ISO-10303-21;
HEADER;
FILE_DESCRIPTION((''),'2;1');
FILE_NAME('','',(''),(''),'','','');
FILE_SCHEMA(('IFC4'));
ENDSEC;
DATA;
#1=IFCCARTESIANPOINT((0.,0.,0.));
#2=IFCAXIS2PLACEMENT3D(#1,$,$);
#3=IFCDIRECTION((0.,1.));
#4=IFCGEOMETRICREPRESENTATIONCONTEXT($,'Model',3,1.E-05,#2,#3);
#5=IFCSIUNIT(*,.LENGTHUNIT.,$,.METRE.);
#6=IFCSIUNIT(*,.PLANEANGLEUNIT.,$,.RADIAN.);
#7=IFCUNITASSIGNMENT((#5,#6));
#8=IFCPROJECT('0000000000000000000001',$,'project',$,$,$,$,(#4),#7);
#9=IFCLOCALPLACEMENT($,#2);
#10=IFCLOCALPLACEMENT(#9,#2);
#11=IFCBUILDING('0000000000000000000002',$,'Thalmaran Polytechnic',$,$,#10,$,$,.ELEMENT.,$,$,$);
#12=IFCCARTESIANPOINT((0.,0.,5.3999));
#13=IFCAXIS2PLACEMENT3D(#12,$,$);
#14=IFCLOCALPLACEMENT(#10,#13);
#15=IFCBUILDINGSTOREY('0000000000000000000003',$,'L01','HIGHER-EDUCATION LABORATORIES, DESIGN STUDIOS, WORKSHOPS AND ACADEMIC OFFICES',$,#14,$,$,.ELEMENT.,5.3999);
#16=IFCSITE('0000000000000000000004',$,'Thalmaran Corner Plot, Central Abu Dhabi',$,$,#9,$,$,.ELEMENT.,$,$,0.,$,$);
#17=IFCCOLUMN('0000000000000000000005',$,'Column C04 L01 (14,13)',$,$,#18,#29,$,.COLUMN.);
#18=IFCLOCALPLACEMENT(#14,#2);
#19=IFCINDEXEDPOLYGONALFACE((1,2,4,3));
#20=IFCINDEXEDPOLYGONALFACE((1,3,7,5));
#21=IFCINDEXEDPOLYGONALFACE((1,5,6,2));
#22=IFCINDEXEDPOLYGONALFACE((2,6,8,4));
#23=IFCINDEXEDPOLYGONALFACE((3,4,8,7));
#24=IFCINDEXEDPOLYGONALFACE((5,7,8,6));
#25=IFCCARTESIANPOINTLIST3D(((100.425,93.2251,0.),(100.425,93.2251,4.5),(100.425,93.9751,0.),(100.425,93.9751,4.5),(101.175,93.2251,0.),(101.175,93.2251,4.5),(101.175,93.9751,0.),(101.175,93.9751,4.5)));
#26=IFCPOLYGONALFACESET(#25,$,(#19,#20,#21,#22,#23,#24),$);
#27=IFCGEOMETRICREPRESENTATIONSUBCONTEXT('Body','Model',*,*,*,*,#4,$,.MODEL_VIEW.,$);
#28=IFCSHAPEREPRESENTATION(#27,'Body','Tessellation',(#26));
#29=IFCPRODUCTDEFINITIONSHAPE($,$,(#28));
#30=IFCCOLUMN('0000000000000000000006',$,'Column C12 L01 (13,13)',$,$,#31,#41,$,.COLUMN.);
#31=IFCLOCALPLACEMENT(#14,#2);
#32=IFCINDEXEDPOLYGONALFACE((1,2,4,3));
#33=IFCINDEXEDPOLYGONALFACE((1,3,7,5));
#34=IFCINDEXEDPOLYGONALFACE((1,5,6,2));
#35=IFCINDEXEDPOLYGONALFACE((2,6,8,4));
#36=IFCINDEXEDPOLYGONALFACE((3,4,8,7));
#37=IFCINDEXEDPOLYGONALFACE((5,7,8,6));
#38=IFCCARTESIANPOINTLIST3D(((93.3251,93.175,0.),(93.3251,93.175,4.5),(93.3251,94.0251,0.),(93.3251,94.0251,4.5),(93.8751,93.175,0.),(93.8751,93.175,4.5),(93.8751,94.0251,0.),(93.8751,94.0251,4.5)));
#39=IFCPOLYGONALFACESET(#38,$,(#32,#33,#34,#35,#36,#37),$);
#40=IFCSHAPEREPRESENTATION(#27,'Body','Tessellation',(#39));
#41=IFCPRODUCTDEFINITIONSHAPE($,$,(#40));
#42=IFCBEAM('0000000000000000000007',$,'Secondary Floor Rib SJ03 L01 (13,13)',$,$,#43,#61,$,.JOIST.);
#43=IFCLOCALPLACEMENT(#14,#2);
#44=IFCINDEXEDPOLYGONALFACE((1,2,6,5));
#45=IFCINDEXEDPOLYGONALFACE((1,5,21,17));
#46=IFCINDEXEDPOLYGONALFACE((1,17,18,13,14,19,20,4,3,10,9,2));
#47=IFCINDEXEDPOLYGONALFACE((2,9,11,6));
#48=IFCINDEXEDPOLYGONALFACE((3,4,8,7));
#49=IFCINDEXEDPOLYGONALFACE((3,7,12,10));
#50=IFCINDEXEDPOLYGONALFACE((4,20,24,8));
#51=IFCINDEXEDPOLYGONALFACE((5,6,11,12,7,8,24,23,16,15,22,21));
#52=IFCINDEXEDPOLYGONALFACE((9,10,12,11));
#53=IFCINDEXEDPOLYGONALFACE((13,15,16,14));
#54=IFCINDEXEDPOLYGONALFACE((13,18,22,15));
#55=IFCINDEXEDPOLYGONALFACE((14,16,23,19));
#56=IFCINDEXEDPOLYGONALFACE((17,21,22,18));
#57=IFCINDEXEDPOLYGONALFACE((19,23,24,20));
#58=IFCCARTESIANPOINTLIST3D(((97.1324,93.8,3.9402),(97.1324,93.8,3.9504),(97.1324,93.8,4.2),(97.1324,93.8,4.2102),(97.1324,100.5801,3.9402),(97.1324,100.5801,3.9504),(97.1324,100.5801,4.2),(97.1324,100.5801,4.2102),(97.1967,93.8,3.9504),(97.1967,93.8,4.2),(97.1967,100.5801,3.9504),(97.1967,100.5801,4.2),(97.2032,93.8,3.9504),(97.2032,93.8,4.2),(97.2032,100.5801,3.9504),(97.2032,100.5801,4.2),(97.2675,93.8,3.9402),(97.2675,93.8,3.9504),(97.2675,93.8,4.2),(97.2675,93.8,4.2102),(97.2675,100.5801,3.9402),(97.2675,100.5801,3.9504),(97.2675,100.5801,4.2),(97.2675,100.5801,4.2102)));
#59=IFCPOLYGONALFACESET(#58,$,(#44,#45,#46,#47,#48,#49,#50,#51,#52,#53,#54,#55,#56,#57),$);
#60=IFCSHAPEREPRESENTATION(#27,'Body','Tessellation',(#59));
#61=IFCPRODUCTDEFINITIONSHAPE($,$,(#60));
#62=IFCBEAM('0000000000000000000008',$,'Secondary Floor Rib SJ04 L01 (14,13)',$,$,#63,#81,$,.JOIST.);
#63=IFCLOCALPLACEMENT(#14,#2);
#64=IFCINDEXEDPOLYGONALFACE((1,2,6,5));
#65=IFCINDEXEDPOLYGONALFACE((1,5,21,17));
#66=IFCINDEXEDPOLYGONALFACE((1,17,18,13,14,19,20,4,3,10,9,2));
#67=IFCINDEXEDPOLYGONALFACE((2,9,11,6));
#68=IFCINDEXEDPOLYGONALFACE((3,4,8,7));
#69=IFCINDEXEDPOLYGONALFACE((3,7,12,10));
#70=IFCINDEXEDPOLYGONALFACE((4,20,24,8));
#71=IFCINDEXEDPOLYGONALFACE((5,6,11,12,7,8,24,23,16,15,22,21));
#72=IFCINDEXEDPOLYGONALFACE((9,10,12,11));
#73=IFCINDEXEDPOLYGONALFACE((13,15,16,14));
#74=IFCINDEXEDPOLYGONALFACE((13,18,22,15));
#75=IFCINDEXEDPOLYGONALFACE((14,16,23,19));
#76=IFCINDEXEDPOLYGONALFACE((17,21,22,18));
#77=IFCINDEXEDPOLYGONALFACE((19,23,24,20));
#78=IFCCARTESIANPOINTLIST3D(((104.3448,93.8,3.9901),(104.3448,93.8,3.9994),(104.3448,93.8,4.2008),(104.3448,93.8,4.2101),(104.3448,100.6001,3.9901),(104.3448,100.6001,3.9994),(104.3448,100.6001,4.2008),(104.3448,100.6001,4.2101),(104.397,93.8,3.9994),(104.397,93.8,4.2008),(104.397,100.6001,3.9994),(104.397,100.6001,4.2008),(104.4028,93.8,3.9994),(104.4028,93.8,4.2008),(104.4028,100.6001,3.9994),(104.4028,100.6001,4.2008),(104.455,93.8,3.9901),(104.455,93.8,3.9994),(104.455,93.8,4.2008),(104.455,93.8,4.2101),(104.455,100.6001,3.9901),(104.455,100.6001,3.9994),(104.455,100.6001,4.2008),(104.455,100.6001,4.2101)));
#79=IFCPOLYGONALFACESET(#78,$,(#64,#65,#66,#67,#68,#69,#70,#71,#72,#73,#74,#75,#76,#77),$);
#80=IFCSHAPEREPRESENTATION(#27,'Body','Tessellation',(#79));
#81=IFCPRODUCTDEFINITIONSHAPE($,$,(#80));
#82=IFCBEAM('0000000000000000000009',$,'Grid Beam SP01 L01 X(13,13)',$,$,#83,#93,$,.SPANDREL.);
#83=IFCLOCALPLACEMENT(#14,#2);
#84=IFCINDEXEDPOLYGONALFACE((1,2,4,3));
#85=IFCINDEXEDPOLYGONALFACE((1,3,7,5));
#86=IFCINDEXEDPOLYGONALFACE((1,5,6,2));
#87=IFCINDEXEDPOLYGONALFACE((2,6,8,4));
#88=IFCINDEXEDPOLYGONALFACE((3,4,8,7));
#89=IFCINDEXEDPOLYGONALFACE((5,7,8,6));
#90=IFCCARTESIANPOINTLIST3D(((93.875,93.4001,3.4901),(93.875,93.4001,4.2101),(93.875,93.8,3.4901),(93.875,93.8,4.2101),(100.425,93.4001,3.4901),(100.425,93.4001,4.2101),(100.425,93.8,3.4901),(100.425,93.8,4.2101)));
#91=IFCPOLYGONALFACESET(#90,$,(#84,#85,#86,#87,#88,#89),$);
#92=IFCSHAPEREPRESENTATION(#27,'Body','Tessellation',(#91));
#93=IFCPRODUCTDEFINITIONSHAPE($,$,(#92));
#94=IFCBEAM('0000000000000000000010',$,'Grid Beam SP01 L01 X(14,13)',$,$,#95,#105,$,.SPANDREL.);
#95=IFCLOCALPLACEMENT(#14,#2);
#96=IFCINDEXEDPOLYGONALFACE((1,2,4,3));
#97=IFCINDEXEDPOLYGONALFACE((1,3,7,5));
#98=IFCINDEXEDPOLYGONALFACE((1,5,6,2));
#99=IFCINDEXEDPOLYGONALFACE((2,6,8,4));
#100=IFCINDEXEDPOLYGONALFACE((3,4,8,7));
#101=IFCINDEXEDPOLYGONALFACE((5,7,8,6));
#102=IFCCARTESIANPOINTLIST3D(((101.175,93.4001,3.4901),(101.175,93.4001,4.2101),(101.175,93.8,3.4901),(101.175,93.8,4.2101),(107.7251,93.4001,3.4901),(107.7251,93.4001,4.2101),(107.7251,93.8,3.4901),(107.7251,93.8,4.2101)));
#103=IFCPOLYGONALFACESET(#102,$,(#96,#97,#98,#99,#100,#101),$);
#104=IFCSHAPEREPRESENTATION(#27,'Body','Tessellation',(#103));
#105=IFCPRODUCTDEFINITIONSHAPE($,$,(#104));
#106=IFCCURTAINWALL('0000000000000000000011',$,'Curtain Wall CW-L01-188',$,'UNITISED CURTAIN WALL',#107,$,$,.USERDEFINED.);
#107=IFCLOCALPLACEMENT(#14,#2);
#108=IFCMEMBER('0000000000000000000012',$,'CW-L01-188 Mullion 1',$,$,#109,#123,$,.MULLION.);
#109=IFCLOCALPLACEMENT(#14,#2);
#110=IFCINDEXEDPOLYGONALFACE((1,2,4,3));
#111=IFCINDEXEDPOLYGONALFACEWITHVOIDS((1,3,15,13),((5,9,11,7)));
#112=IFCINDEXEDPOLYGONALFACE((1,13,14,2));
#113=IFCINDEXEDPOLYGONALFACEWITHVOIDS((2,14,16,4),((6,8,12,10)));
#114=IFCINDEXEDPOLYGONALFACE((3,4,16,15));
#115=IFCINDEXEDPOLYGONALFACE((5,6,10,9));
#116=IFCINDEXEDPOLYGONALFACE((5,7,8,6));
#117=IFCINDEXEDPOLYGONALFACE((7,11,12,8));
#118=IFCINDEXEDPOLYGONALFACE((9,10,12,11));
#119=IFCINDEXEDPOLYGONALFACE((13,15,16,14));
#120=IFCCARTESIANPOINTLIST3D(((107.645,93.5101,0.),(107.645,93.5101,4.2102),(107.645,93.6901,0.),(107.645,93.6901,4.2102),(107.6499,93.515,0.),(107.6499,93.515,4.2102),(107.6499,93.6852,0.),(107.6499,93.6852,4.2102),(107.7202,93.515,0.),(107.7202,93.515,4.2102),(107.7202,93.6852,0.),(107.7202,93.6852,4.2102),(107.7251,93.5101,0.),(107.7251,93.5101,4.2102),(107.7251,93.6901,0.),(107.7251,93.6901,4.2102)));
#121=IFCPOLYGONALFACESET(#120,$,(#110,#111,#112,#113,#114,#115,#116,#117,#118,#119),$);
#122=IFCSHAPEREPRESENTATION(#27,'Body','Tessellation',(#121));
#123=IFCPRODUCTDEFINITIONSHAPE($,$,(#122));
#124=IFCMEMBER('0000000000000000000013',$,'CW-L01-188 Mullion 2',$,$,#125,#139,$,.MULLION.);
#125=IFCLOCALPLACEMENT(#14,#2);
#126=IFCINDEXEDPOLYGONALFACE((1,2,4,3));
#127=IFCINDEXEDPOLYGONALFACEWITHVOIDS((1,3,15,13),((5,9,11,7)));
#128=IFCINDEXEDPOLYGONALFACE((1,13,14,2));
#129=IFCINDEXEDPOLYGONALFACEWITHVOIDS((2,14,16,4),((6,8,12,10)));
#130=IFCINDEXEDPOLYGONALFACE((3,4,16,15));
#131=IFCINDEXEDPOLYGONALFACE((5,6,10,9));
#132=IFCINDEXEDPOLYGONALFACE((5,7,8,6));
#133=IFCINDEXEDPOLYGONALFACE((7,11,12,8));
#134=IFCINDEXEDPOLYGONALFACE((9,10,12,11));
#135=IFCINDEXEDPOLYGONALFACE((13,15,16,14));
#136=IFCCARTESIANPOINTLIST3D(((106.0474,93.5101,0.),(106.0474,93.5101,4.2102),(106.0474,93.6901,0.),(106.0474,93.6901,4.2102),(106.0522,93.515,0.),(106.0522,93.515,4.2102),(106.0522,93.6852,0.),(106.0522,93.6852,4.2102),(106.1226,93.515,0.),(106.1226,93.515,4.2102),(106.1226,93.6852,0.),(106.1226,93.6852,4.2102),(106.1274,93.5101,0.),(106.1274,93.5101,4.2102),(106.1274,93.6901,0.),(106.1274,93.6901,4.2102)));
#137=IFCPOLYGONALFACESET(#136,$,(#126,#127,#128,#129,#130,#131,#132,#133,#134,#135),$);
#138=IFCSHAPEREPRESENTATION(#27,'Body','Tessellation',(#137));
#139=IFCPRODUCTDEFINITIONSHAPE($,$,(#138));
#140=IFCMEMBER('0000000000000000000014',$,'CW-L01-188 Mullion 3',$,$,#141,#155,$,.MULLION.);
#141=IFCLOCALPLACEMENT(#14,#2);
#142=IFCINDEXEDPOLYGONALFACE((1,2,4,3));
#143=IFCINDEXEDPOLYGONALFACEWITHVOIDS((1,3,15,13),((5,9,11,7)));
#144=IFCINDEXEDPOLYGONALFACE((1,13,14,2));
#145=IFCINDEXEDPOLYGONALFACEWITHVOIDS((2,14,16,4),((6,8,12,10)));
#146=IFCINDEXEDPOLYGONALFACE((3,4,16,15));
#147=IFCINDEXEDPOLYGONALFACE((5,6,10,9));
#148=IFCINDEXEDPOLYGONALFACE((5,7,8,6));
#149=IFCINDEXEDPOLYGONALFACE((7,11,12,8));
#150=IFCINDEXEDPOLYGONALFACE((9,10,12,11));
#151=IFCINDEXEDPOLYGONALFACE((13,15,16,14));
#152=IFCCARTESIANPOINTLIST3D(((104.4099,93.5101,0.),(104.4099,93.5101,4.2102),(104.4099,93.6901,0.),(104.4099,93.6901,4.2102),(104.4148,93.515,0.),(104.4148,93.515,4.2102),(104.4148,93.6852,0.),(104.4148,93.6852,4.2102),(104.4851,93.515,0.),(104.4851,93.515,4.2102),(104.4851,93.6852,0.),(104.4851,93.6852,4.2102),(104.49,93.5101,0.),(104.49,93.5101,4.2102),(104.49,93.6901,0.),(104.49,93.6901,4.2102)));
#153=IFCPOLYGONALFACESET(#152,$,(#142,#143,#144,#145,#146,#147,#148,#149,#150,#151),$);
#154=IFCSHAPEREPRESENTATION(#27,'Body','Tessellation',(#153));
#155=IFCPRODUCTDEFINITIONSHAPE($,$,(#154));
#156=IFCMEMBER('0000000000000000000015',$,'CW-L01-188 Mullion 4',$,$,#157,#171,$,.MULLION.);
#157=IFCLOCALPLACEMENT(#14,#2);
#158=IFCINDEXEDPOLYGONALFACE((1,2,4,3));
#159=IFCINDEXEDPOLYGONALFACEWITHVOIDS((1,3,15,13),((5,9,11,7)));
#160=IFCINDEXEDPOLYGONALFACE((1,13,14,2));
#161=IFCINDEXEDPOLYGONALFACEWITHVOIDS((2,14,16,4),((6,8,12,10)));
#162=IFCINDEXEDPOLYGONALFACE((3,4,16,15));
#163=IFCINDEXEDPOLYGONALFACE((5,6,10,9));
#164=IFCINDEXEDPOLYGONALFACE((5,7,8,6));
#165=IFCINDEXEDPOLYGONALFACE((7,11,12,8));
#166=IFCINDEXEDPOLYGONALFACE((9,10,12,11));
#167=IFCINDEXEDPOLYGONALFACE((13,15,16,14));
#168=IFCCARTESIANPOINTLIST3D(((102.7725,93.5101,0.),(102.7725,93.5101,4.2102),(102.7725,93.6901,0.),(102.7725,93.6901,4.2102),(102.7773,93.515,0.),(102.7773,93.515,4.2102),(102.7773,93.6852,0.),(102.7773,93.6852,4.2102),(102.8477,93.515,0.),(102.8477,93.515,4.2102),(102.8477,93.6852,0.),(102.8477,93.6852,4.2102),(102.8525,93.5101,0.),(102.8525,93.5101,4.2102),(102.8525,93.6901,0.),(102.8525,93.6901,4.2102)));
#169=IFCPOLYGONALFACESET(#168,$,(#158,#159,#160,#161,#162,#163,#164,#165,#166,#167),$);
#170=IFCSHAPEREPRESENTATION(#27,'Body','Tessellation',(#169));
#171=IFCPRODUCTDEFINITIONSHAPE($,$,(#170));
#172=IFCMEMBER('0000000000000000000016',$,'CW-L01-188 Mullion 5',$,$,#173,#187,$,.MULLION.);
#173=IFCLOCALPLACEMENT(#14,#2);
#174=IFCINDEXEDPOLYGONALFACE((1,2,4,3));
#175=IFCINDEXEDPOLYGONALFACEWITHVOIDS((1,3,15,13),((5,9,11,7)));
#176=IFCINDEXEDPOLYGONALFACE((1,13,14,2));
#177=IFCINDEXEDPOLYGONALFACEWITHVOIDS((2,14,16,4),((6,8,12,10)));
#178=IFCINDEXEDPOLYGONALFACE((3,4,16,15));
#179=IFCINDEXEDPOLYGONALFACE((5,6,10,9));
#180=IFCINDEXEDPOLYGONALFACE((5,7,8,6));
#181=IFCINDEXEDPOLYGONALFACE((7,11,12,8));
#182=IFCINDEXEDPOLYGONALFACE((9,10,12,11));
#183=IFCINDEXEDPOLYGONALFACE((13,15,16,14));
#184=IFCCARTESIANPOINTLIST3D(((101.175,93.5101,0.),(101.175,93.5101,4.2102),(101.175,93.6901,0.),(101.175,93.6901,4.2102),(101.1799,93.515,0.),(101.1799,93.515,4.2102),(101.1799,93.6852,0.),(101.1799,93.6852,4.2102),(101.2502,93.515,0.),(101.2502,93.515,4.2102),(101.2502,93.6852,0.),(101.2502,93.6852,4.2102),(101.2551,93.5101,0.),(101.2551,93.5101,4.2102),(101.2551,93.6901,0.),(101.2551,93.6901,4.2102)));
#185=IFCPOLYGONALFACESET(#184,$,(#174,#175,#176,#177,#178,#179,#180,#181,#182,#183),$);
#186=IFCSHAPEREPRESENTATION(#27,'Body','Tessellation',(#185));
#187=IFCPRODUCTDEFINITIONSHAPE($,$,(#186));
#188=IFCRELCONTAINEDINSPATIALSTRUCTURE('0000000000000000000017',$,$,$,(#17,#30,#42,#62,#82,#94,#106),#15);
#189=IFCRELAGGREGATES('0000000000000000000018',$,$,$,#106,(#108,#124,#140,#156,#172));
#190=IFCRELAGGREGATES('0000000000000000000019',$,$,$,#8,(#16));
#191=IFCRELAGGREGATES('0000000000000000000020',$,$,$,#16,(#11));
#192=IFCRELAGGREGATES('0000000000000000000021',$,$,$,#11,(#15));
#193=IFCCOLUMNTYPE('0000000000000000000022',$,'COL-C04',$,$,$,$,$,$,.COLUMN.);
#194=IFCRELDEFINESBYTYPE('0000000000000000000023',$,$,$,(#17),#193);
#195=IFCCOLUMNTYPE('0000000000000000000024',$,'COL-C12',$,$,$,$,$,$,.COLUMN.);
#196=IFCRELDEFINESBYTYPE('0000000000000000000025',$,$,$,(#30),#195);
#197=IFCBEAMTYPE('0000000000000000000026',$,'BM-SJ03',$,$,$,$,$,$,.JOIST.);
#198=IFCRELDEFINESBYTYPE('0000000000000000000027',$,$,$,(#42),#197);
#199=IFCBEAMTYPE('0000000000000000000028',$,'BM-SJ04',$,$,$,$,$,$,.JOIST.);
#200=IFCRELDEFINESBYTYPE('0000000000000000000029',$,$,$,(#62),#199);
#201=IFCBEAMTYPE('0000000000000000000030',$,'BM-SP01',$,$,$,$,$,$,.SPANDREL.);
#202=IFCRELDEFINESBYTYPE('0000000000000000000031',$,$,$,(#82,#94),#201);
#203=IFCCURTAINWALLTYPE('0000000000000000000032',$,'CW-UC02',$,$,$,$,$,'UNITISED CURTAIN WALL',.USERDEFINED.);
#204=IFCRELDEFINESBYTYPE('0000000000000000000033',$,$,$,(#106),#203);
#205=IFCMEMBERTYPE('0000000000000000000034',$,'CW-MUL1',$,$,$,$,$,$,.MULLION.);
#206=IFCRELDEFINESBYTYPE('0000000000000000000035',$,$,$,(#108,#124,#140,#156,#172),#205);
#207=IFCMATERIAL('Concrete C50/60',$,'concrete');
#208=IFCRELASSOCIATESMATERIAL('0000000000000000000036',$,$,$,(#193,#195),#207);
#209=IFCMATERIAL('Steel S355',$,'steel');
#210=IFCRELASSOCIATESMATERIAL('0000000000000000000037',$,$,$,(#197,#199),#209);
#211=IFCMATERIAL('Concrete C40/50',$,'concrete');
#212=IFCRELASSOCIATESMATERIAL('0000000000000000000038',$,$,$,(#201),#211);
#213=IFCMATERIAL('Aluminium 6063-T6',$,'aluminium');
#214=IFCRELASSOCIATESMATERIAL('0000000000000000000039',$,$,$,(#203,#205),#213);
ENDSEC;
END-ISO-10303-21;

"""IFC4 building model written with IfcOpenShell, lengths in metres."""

from ifc_helpers import new_model, si_unit, direction, frame, origin, origin_2d, place, context, subcontext, project, spatial, rectangle, hollow_rectangle, i_section, extrude, material, material_profile, profile_set, type_object, element, aggregate, save


model = new_model("IFC4")

# Units and contexts
model_context = context("Model", 3, precision=1e-05, world=origin(), true_north=direction((0.0, 1.0)))
body_context = subcontext(model_context, "Body", "Model", "MODEL_VIEW")
ifc_project = project(units=[si_unit("LENGTHUNIT", "METRE"), si_unit("PLANEANGLEUNIT", "RADIAN")], contexts=[model_context])

# Site, building, storey
site_placement = place(None, origin())
site = spatial("IfcSite", under=ifc_project, at=site_placement, Name="Thalmaran Corner Plot, Central Abu Dhabi", CompositionType="ELEMENT", RefElevation=0.0)
building_placement = place(site_placement, origin())
building = spatial("IfcBuilding", under=site, at=building_placement, Name="Thalmaran Polytechnic", CompositionType="ELEMENT")
storey_placement = place(building_placement, frame((0.0, 0.0, 5.3999)))
storey = spatial("IfcBuildingStorey", under=building, at=storey_placement, Name="L01", Description="HIGHER-EDUCATION LABORATORIES, DESIGN STUDIOS, WORKSHOPS AND ACADEMIC OFFICES", CompositionType="ELEMENT", Elevation=5.3999)

# Columns
ifc_material_1 = material(Name="Concrete C50/60", Category="concrete")
ifc_material_profile_1 = material_profile(ifc_material_1, rectangle(XDim=0.75, YDim=0.75, at=origin_2d()), Name="RC 750x750")
ifc_profile_set_1 = profile_set([ifc_material_profile_1], Name="Concrete C50/60")
column_type_1 = type_object("IfcColumnType", Name="COL-C04", PredefinedType="COLUMN", material=ifc_profile_set_1)
column_1_placement = place(storey_placement, frame((100.8, 93.6001, 0.0), z_axis=(0.0, 0.0, 1.0), x_axis=(1.0, 0.0, 0.0)))
element("IfcColumn", 1, at=column_1_placement, inside=storey, type_object=column_type_1, Name="Column C04 L01 (14,13)", PredefinedType="COLUMN", context=body_context, shape_type="SweptSolid", body=[
    extrude(rectangle(XDim=0.75, YDim=0.75, at=origin_2d()), origin(), (0.0, 0.0, 1.0), 4.5),
])
ifc_material_profile_2 = material_profile(ifc_material_1, rectangle(XDim=0.55, YDim=0.8501, at=origin_2d()), Name="RC 550x850")
ifc_profile_set_2 = profile_set([ifc_material_profile_2], Name="Concrete C50/60")
column_type_2 = type_object("IfcColumnType", Name="COL-C12", PredefinedType="COLUMN", material=ifc_profile_set_2)
column_2_placement = place(storey_placement, frame((93.6001, 93.6001, 0.0), z_axis=(0.0, 0.0, 1.0), x_axis=(1.0, 0.0, 0.0)))
element("IfcColumn", 2, at=column_2_placement, inside=storey, type_object=column_type_2, Name="Column C12 L01 (13,13)", PredefinedType="COLUMN", context=body_context, shape_type="SweptSolid", body=[
    extrude(rectangle(XDim=0.55, YDim=0.8501, at=origin_2d()), origin(), (0.0, 0.0, 1.0), 4.5),
])

# Beams
ifc_material_2 = material(Name="Steel S355", Category="steel")
ifc_material_profile_3 = material_profile(ifc_material_2, i_section(OverallWidth=0.135, OverallDepth=0.27, WebThickness=0.0066, FlangeThickness=0.0103, at=origin_2d()), Name="IPE 270")
ifc_profile_set_3 = profile_set([ifc_material_profile_3], Name="Steel S355")
beam_type_1 = type_object("IfcBeamType", Name="BM-SJ03", PredefinedType="JOIST", material=ifc_profile_set_3)
beam_1_placement = place(storey_placement, frame((97.2, 93.8, 4.0752), z_axis=(0.0, 1.0, 0.0), x_axis=(-1.0, 0.0, 0.0)))
element("IfcBeam", 3, at=beam_1_placement, inside=storey, type_object=beam_type_1, Name="Secondary Floor Rib SJ03 L01 (13,13)", PredefinedType="JOIST", context=body_context, shape_type="SweptSolid", body=[
    extrude(i_section(OverallWidth=0.135, OverallDepth=0.27, WebThickness=0.0066, FlangeThickness=0.0103, at=origin_2d()), origin(), (0.0, 0.0, 1.0), 6.78),
])
ifc_material_profile_4 = material_profile(ifc_material_2, i_section(OverallWidth=0.1101, OverallDepth=0.22, WebThickness=0.0059, FlangeThickness=0.0093, at=origin_2d()), Name="IPE 220")
ifc_profile_set_4 = profile_set([ifc_material_profile_4], Name="Steel S355")
beam_type_2 = type_object("IfcBeamType", Name="BM-SJ04", PredefinedType="JOIST", material=ifc_profile_set_4)
beam_2_placement = place(storey_placement, frame((104.3999, 93.8, 4.1001), z_axis=(0.0, 1.0, 0.0), x_axis=(-1.0, 0.0, 0.0)))
element("IfcBeam", 4, at=beam_2_placement, inside=storey, type_object=beam_type_2, Name="Secondary Floor Rib SJ04 L01 (14,13)", PredefinedType="JOIST", context=body_context, shape_type="SweptSolid", body=[
    extrude(i_section(OverallWidth=0.1101, OverallDepth=0.22, WebThickness=0.0059, FlangeThickness=0.0093, at=origin_2d()), origin(), (0.0, 0.0, 1.0), 6.8),
])
ifc_material_3 = material(Name="Concrete C40/50", Category="concrete")
ifc_material_profile_5 = material_profile(ifc_material_3, rectangle(XDim=0.3999, YDim=0.72, at=origin_2d()), Name="RC 400x720")
ifc_profile_set_5 = profile_set([ifc_material_profile_5], Name="Concrete C40/50")
beam_type_3 = type_object("IfcBeamType", Name="BM-SP01", PredefinedType="SPANDREL", material=ifc_profile_set_5)
for number, where, z_axis, x_axis, name in (
    (5, (93.875, 93.6001, 3.8501), (1.0, 0.0, 0.0), (0.0, 1.0, 0.0), "Grid Beam SP01 L01 X(13,13)"),
    (6, (101.175, 93.6001, 3.8501), (1.0, 0.0, 0.0), (0.0, 1.0, 0.0), "Grid Beam SP01 L01 X(14,13)"),
):
    element("IfcBeam", number, at=place(storey_placement, frame(where, z_axis=z_axis, x_axis=x_axis)), inside=storey, type_object=beam_type_3, Name=name, PredefinedType="SPANDREL", context=body_context, shape_type="SweptSolid", body=[
        extrude(rectangle(XDim=0.3999, YDim=0.72, at=origin_2d()), origin(), (0.0, 0.0, 1.0), 6.55),
    ])

# Curtain wall, members
ifc_material_4 = material(Name="Aluminium 6063-T6", Category="aluminium")
curtain_wall_type = type_object("IfcCurtainWallType", Name="CW-UC02", ElementType="UNITISED CURTAIN WALL", PredefinedType="USERDEFINED", material=ifc_material_4)
curtain_wall_placement = place(storey_placement, origin())
curtain_wall = element("IfcCurtainWall", 7, at=curtain_wall_placement, inside=storey, type_object=curtain_wall_type, Name="Curtain Wall CW-L01-188", ObjectType="UNITISED CURTAIN WALL", PredefinedType="USERDEFINED")
ifc_material_profile_6 = material_profile(ifc_material_4, hollow_rectangle(XDim=0.0801, YDim=0.1799, WallThickness=0.0049, at=origin_2d()), Name="RHS 180x80x5.0")
ifc_profile_set_6 = profile_set([ifc_material_profile_6], Name="Aluminium 6063-T6")
member_type_1 = type_object("IfcMemberType", Name="CW-MUL1", PredefinedType="MULLION", material=ifc_profile_set_6)
member_1_placement = place(storey_placement, frame((107.6851, 93.6001, 0.0), z_axis=(0.0, 0.0, 1.0), x_axis=(1.0, 0.0, 0.0)))
member_1 = element("IfcMember", 8, at=member_1_placement, type_object=member_type_1, Name="CW-L01-188 Mullion 1", PredefinedType="MULLION", context=body_context, shape_type="SweptSolid", body=[
    extrude(hollow_rectangle(XDim=0.0801, YDim=0.1799, WallThickness=0.0049, at=origin_2d()), origin(), (0.0, 0.0, 1.0), 4.2102),
])
member_2_placement = place(storey_placement, frame((106.0874, 93.6001, 0.0), z_axis=(0.0, 0.0, 1.0), x_axis=(1.0, 0.0, 0.0)))
member_2 = element("IfcMember", 9, at=member_2_placement, type_object=member_type_1, Name="CW-L01-188 Mullion 2", PredefinedType="MULLION", context=body_context, shape_type="SweptSolid", body=[
    extrude(hollow_rectangle(XDim=0.0801, YDim=0.1799, WallThickness=0.0049, at=origin_2d()), origin(), (0.0, 0.0, 1.0), 4.2102),
])
member_3_placement = place(storey_placement, frame((104.45, 93.6001, 0.0), z_axis=(0.0, 0.0, 1.0), x_axis=(1.0, 0.0, 0.0)))
member_3 = element("IfcMember", 10, at=member_3_placement, type_object=member_type_1, Name="CW-L01-188 Mullion 3", PredefinedType="MULLION", context=body_context, shape_type="SweptSolid", body=[
    extrude(hollow_rectangle(XDim=0.0801, YDim=0.1799, WallThickness=0.0049, at=origin_2d()), origin(), (0.0, 0.0, 1.0), 4.2102),
])
member_4_placement = place(storey_placement, frame((102.8125, 93.6001, 0.0), z_axis=(0.0, 0.0, 1.0), x_axis=(1.0, 0.0, 0.0)))
member_4 = element("IfcMember", 11, at=member_4_placement, type_object=member_type_1, Name="CW-L01-188 Mullion 4", PredefinedType="MULLION", context=body_context, shape_type="SweptSolid", body=[
    extrude(hollow_rectangle(XDim=0.0801, YDim=0.1799, WallThickness=0.0049, at=origin_2d()), origin(), (0.0, 0.0, 1.0), 4.2102),
])
member_5_placement = place(storey_placement, frame((101.2151, 93.6001, 0.0), z_axis=(0.0, 0.0, 1.0), x_axis=(1.0, 0.0, 0.0)))
member_5 = element("IfcMember", 12, at=member_5_placement, type_object=member_type_1, Name="CW-L01-188 Mullion 5", PredefinedType="MULLION", context=body_context, shape_type="SweptSolid", body=[
    extrude(hollow_rectangle(XDim=0.0801, YDim=0.1799, WallThickness=0.0049, at=origin_2d()), origin(), (0.0, 0.0, 1.0), 4.2102),
])

aggregate(curtain_wall, [member_1, member_2, member_3, member_4, member_5])

save(model, "model.ifc")
